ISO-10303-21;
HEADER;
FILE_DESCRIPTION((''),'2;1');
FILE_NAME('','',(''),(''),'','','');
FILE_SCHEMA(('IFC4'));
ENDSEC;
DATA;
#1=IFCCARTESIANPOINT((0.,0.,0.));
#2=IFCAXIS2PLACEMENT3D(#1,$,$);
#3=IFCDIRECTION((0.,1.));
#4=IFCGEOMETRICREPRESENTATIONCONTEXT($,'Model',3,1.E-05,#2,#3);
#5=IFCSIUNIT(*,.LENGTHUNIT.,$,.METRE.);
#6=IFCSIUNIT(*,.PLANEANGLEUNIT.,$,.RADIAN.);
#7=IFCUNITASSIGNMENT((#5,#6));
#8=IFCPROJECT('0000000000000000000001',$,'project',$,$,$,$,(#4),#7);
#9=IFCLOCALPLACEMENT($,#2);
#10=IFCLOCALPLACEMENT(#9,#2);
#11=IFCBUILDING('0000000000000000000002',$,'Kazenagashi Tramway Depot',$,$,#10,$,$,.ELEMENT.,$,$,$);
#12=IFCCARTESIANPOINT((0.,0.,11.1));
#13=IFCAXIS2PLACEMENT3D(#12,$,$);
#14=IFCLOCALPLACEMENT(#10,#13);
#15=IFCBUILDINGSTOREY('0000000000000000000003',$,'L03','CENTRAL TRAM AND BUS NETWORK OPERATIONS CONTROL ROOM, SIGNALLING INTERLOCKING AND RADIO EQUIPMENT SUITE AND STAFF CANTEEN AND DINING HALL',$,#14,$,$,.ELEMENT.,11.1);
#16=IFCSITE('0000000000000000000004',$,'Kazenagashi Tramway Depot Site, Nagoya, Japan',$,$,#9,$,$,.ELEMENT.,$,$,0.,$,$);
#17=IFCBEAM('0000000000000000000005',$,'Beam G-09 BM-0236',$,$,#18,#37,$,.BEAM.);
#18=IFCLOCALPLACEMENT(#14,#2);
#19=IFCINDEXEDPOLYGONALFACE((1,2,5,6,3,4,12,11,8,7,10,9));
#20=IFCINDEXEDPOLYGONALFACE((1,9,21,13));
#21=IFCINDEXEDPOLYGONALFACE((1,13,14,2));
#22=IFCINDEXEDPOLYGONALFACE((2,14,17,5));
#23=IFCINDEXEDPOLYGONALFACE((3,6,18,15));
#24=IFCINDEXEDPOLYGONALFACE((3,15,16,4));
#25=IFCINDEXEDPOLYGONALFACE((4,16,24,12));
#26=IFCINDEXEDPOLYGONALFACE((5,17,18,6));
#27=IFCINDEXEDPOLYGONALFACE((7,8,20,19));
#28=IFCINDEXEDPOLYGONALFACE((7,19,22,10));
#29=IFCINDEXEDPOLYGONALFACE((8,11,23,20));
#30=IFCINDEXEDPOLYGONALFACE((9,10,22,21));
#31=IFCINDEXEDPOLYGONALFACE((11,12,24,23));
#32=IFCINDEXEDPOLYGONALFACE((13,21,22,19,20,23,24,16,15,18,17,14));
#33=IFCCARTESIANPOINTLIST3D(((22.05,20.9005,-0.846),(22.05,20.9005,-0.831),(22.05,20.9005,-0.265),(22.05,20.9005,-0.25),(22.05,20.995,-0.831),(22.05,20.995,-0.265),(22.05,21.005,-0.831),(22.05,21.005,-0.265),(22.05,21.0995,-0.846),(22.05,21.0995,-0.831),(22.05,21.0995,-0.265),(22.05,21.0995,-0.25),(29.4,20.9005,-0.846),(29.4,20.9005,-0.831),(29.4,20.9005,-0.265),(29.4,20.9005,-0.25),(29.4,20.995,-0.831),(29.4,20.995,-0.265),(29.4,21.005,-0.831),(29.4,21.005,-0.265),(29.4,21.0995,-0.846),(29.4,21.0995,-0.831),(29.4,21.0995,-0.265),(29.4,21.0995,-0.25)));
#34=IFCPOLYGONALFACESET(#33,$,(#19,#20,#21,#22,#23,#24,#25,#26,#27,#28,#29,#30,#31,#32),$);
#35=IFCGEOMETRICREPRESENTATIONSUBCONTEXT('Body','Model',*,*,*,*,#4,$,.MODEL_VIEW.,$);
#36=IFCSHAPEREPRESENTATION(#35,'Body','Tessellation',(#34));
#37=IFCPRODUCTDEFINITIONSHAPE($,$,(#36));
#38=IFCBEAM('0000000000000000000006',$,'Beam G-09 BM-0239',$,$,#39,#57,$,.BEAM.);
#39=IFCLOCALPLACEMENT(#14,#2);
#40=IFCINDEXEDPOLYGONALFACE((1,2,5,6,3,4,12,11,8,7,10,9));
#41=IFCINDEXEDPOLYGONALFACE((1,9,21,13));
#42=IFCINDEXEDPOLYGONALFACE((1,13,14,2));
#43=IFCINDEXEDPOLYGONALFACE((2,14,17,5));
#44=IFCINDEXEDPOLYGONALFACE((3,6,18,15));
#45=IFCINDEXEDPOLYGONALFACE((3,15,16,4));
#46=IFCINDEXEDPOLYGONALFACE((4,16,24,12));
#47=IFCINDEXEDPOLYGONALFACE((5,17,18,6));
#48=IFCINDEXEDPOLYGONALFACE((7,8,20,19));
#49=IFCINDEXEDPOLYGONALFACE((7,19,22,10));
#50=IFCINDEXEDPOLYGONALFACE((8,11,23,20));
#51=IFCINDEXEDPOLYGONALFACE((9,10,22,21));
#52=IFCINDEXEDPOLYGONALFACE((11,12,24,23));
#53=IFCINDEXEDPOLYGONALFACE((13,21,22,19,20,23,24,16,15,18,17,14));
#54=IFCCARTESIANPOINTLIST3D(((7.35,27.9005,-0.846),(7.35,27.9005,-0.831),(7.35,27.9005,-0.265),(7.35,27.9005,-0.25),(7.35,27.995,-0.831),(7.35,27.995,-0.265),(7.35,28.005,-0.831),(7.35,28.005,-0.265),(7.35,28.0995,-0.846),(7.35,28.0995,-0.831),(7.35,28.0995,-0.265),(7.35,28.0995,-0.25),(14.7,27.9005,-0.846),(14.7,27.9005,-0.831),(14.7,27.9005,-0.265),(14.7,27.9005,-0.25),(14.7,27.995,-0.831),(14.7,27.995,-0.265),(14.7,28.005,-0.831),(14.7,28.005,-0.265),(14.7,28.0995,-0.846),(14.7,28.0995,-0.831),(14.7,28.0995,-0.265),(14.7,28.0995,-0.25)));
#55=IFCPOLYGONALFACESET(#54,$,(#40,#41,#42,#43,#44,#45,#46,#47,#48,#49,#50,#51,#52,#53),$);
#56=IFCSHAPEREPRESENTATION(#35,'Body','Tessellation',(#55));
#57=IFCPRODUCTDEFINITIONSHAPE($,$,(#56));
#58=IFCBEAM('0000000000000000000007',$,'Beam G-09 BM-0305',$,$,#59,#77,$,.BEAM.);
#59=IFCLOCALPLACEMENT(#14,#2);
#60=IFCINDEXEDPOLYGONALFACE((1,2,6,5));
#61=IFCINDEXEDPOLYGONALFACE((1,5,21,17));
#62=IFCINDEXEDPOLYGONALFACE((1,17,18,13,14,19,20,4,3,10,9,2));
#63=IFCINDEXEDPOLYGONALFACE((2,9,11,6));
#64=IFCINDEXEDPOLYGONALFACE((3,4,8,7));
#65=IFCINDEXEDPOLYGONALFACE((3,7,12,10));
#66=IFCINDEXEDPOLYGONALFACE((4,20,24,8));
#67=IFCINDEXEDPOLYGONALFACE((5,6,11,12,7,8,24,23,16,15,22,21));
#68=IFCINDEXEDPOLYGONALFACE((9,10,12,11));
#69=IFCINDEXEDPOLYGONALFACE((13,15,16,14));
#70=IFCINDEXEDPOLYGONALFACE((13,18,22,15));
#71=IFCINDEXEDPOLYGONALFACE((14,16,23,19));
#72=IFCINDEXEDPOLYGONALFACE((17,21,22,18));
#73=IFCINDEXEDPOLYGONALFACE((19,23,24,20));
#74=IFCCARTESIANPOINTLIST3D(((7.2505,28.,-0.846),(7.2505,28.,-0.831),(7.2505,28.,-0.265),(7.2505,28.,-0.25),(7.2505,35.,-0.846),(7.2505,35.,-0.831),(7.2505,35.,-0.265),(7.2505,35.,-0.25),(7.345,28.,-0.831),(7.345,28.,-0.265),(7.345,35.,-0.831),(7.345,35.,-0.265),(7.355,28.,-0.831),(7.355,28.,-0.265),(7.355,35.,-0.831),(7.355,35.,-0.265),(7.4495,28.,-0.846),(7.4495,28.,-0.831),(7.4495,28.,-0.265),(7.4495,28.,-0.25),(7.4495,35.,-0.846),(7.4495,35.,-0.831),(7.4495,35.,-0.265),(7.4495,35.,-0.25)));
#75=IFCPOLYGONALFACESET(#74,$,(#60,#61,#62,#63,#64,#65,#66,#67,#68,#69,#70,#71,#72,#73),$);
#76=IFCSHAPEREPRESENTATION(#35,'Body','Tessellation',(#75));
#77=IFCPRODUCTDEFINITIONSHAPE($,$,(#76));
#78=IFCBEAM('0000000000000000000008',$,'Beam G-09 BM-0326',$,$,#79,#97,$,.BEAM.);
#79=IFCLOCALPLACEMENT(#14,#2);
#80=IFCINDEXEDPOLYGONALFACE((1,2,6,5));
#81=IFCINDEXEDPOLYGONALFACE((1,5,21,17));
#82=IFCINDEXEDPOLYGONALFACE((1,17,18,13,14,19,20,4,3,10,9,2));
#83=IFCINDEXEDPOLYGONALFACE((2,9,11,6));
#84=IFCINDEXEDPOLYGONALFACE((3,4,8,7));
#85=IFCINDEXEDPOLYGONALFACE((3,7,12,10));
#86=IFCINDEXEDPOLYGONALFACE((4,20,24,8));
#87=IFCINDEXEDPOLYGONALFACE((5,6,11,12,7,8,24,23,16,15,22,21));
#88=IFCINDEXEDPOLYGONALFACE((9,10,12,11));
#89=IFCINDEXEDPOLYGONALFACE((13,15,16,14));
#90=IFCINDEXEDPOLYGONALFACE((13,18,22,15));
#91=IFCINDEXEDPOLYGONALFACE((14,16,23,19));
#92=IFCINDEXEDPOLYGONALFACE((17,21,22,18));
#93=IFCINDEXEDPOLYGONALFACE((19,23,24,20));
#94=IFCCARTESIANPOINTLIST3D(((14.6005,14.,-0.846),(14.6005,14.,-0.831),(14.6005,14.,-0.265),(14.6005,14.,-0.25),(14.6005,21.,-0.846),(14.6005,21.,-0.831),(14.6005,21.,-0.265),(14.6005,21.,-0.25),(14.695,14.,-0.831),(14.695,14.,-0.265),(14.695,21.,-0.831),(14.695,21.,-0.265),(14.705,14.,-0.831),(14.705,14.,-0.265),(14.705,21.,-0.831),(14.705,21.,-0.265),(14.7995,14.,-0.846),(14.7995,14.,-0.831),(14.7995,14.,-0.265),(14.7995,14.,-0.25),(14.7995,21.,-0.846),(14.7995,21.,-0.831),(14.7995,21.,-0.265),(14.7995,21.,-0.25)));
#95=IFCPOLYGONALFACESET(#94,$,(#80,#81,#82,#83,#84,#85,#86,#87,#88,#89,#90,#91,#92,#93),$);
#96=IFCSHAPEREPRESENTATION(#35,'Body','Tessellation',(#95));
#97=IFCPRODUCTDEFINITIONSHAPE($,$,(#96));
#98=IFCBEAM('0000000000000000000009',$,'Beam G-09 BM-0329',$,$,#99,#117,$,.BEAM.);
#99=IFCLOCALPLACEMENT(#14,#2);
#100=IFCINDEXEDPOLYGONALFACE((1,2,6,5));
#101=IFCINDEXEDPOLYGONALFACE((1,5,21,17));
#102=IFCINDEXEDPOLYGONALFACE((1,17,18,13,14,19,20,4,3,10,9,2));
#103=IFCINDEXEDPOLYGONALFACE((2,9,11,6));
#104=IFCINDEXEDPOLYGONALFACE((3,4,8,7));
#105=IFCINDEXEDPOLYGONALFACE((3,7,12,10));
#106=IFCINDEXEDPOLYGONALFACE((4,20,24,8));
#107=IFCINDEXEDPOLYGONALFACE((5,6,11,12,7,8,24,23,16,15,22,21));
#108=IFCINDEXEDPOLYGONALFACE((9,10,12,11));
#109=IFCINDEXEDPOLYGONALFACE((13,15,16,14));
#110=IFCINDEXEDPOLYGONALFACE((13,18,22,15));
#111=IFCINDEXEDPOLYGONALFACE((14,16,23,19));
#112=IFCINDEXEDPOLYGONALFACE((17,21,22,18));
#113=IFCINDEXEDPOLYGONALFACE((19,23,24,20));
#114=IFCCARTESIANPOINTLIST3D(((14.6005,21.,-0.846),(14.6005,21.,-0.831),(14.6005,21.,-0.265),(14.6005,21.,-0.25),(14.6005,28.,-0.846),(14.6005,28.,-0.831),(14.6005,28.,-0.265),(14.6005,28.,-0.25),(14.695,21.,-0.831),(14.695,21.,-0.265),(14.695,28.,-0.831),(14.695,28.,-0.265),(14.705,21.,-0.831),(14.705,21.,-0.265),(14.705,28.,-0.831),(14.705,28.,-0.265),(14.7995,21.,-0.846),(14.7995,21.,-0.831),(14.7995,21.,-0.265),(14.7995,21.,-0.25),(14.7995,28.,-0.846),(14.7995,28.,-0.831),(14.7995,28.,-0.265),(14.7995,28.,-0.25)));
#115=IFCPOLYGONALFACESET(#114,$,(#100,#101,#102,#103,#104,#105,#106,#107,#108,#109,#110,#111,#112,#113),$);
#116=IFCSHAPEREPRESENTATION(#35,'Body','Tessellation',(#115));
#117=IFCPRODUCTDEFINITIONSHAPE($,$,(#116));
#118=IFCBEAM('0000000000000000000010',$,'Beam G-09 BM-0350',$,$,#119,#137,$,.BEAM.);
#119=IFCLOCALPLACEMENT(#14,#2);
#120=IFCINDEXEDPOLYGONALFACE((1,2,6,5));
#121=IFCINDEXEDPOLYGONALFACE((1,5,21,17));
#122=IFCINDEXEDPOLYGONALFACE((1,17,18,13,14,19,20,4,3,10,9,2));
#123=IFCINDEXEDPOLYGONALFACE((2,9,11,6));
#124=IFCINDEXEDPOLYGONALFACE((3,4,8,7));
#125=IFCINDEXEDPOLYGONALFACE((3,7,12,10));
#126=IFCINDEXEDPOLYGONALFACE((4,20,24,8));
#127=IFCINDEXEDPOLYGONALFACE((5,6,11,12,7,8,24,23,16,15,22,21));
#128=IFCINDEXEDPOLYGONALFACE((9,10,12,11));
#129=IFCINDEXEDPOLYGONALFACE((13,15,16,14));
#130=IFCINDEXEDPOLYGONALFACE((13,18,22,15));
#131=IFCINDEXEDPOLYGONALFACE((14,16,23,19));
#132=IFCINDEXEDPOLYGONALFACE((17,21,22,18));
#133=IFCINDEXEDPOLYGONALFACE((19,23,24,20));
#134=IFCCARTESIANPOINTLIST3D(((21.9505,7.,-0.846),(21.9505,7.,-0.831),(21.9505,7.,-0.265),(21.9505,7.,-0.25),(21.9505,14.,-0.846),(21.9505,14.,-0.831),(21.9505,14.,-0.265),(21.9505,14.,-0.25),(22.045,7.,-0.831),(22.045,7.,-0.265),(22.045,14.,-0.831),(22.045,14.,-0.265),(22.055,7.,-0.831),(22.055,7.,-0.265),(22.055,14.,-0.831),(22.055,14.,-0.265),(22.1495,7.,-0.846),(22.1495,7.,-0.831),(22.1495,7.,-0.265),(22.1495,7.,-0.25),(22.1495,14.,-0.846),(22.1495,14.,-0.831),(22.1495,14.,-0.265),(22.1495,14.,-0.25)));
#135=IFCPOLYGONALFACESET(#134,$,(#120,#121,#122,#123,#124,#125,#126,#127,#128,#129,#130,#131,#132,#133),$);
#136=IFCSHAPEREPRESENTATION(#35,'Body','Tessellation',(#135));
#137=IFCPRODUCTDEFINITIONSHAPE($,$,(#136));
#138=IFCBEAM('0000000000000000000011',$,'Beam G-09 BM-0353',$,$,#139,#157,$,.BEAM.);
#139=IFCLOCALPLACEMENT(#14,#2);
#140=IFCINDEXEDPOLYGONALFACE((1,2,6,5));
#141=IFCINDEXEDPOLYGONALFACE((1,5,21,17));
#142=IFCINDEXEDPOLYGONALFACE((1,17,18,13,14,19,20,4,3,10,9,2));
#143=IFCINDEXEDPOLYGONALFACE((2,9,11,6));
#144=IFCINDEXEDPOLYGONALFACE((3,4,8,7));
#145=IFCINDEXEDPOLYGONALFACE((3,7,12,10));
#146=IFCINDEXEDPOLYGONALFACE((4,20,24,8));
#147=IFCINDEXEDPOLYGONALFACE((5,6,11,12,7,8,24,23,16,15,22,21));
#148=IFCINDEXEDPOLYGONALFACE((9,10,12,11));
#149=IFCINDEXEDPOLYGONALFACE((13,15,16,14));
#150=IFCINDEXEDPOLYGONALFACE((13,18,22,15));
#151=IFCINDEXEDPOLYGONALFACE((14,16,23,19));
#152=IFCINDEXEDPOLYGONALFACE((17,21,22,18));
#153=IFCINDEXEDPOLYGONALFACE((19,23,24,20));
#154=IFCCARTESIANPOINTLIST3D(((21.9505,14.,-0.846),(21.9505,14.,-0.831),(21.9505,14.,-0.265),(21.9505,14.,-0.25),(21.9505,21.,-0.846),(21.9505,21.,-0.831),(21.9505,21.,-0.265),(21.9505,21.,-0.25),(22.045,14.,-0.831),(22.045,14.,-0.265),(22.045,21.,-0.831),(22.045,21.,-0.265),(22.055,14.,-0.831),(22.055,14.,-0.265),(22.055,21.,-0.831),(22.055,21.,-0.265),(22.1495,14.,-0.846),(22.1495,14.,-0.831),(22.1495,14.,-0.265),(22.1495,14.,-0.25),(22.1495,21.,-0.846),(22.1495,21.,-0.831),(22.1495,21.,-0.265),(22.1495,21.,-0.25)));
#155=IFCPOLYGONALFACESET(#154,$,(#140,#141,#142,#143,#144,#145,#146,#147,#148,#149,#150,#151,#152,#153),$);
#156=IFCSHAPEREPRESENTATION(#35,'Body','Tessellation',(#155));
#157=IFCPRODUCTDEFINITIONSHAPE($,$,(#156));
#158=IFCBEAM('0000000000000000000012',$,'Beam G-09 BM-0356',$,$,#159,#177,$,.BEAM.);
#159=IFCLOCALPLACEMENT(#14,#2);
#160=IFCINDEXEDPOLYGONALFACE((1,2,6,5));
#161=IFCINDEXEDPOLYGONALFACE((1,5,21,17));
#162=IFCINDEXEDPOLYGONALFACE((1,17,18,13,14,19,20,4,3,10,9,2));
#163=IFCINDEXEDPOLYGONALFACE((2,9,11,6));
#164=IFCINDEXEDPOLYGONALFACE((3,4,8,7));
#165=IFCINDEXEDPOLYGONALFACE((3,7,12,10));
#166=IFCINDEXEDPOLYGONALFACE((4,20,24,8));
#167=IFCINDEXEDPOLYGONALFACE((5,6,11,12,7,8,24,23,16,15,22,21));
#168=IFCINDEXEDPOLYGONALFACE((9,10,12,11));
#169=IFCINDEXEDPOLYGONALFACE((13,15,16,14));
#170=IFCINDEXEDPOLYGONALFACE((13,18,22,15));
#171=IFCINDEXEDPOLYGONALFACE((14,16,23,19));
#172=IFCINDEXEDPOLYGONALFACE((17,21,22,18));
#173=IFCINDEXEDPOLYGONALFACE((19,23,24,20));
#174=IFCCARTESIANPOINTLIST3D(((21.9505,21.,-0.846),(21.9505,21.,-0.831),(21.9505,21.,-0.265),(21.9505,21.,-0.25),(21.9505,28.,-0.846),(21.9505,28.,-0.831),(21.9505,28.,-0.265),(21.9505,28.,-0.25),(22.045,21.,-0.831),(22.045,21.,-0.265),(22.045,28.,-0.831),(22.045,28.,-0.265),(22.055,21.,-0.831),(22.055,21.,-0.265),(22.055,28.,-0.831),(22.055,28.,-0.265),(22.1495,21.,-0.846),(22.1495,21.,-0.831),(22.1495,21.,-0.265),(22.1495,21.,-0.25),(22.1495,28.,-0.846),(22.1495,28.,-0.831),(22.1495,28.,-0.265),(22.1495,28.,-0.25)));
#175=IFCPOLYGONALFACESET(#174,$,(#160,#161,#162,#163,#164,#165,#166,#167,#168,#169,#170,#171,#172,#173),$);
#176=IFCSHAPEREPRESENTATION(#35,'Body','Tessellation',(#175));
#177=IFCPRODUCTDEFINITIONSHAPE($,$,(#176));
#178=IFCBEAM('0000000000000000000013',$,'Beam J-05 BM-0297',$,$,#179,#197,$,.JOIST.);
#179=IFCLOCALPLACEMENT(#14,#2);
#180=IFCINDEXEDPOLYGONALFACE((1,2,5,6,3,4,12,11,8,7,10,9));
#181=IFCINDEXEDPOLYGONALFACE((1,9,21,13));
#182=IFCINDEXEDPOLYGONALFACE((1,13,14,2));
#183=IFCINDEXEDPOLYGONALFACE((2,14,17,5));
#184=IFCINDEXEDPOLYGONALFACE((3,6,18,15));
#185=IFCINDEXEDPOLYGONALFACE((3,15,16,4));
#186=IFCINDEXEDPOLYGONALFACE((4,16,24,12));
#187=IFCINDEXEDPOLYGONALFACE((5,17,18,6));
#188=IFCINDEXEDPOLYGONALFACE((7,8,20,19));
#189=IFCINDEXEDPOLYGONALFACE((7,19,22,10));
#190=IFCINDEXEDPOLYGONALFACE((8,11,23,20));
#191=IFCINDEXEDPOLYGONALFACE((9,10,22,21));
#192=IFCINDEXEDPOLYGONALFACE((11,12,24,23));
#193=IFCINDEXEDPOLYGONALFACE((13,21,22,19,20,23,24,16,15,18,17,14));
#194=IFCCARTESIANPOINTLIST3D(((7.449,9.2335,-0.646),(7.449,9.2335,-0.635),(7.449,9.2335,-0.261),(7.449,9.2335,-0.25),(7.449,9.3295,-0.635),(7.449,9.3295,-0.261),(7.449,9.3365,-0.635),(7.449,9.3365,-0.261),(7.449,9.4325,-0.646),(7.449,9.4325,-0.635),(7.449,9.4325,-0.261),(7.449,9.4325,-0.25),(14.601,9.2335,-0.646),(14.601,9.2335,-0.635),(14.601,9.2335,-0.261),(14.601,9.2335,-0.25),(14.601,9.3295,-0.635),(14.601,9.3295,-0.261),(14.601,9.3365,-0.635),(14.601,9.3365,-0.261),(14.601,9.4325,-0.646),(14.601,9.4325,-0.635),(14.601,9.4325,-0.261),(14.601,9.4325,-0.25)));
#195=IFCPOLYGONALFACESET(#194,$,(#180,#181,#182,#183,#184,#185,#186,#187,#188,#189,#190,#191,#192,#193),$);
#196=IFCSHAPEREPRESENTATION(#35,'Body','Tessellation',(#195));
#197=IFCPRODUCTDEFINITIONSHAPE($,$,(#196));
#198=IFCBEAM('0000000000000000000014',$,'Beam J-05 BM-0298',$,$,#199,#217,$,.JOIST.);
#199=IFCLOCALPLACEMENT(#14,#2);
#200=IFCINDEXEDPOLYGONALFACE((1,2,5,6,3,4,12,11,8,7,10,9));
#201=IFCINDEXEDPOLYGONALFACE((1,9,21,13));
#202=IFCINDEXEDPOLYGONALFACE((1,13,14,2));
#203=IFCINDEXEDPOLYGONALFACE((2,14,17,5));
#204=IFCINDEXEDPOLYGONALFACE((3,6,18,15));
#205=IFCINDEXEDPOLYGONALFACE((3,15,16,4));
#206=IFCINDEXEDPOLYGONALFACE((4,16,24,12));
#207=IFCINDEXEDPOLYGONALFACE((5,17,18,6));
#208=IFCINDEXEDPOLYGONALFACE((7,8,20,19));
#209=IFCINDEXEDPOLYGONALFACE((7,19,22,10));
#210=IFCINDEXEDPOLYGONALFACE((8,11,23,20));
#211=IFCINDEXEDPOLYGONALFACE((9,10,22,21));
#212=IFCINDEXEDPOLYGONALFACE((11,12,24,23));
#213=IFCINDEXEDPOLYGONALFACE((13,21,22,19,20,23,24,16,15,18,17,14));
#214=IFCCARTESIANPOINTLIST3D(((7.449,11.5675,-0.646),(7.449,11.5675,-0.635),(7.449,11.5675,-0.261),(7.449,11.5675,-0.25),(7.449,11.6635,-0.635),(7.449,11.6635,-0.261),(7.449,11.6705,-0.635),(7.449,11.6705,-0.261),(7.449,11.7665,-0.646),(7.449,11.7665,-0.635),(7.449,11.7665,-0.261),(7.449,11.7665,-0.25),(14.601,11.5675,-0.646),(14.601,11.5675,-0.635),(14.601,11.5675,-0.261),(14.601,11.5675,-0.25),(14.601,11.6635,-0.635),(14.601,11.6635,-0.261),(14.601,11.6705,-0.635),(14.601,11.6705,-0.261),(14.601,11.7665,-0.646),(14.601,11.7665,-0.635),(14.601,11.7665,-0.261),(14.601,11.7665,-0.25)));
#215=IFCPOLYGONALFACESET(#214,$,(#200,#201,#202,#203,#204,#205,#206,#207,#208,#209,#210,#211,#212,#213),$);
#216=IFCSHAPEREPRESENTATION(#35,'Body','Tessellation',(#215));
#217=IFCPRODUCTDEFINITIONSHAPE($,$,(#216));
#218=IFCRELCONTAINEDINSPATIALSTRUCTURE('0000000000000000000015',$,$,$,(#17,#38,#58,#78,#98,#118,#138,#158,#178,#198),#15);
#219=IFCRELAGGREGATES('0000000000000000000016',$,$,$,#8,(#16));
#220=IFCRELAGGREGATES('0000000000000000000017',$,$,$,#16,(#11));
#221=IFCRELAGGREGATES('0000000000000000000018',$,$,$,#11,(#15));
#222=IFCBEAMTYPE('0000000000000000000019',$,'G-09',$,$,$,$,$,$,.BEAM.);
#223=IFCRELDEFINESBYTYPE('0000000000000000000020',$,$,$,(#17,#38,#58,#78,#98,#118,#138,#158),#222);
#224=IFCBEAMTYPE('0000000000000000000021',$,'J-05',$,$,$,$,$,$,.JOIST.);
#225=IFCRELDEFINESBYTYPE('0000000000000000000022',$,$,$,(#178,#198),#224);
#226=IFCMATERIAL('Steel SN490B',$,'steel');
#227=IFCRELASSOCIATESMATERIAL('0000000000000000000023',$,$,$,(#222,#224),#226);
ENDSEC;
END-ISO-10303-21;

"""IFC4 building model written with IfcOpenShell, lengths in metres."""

from ifc_helpers import new_model, si_unit, direction, frame, origin, origin_2d, place, context, subcontext, project, spatial, i_section, extrude, material, material_profile, profile_set, type_object, element, save


model = new_model("IFC4")

# Units and contexts
model_context = context("Model", 3, precision=1e-05, world=origin(), true_north=direction((0.0, 1.0)))
body_context = subcontext(model_context, "Body", "Model", "MODEL_VIEW")
ifc_project = project(units=[si_unit("LENGTHUNIT", "METRE"), si_unit("PLANEANGLEUNIT", "RADIAN")], contexts=[model_context])

# Site, building, storey
site_placement = place(None, origin())
site = spatial("IfcSite", under=ifc_project, at=site_placement, Name="Kazenagashi Tramway Depot Site, Nagoya, Japan", CompositionType="ELEMENT", RefElevation=0.0)
building_placement = place(site_placement, origin())
building = spatial("IfcBuilding", under=site, at=building_placement, Name="Kazenagashi Tramway Depot", CompositionType="ELEMENT")
storey_placement = place(building_placement, frame((0.0, 0.0, 11.1)))
storey = spatial("IfcBuildingStorey", under=building, at=storey_placement, Name="L03", Description="CENTRAL TRAM AND BUS NETWORK OPERATIONS CONTROL ROOM, SIGNALLING INTERLOCKING AND RADIO EQUIPMENT SUITE AND STAFF CANTEEN AND DINING HALL", CompositionType="ELEMENT", Elevation=11.1)

# Shared definitions
ifc_material_1 = material(Name="Steel SN490B", Category="steel")

# Beams
ifc_material_profile_1 = material_profile(ifc_material_1, i_section(OverallWidth=0.199, OverallDepth=0.596, WebThickness=0.01, FlangeThickness=0.015, at=origin_2d()), Name="H-596x199x10x15")
ifc_profile_set_1 = profile_set([ifc_material_profile_1], Name="Steel SN490B")
beam_type_1 = type_object("IfcBeamType", Name="G-09", PredefinedType="BEAM", material=ifc_profile_set_1)
for number, where, z_axis, x_axis, name in (
    (1, (22.05, 21.0, -0.548), (1.0, 0.0, 0.0), (0.0, 1.0, 0.0), "Beam G-09 BM-0236"),
    (2, (7.35, 28.0, -0.548), (1.0, 0.0, 0.0), (0.0, 1.0, 0.0), "Beam G-09 BM-0239"),
):
    element("IfcBeam", number, at=place(storey_placement, frame(where, z_axis=z_axis, x_axis=x_axis)), inside=storey, type_object=beam_type_1, Name=name, PredefinedType="BEAM", context=body_context, shape_type="SweptSolid", body=[
        extrude(i_section(OverallWidth=0.199, OverallDepth=0.596, WebThickness=0.01, FlangeThickness=0.015, at=origin_2d()), origin(), (0.0, 0.0, 1.0), 7.35),
    ])
for number, where, z_axis, x_axis, name in (
    (3, (7.35, 28.0, -0.548), (0.0, 1.0, 0.0), (-1.0, 0.0, 0.0), "Beam G-09 BM-0305"),
    (4, (14.7, 14.0, -0.548), (0.0, 1.0, 0.0), (-1.0, 0.0, 0.0), "Beam G-09 BM-0326"),
    (5, (14.7, 21.0, -0.548), (0.0, 1.0, 0.0), (-1.0, 0.0, 0.0), "Beam G-09 BM-0329"),
    (6, (22.05, 7.0, -0.548), (0.0, 1.0, 0.0), (-1.0, 0.0, 0.0), "Beam G-09 BM-0350"),
    (7, (22.05, 14.0, -0.548), (0.0, 1.0, 0.0), (-1.0, 0.0, 0.0), "Beam G-09 BM-0353"),
    (8, (22.05, 21.0, -0.548), (0.0, 1.0, 0.0), (-1.0, 0.0, 0.0), "Beam G-09 BM-0356"),
):
    element("IfcBeam", number, at=place(storey_placement, frame(where, z_axis=z_axis, x_axis=x_axis)), inside=storey, type_object=beam_type_1, Name=name, PredefinedType="BEAM", context=body_context, shape_type="SweptSolid", body=[
        extrude(i_section(OverallWidth=0.199, OverallDepth=0.596, WebThickness=0.01, FlangeThickness=0.015, at=origin_2d()), origin(), (0.0, 0.0, 1.0), 7.0),
    ])
ifc_material_profile_2 = material_profile(ifc_material_1, i_section(OverallWidth=0.199, OverallDepth=0.396, WebThickness=0.007, FlangeThickness=0.011, at=origin_2d()), Name="H-396x199x7x11")
ifc_profile_set_2 = profile_set([ifc_material_profile_2], Name="Steel SN490B")
beam_type_2 = type_object("IfcBeamType", Name="J-05", PredefinedType="JOIST", material=ifc_profile_set_2)
for number, where, z_axis, x_axis, name in (
    (9, (7.449, 9.333, -0.448), (1.0, 0.0, 0.0), (0.0, 1.0, 0.0), "Beam J-05 BM-0297"),
    (10, (7.449, 11.667, -0.448), (1.0, 0.0, 0.0), (0.0, 1.0, 0.0), "Beam J-05 BM-0298"),
):
    element("IfcBeam", number, at=place(storey_placement, frame(where, z_axis=z_axis, x_axis=x_axis)), inside=storey, type_object=beam_type_2, Name=name, PredefinedType="JOIST", context=body_context, shape_type="SweptSolid", body=[
        extrude(i_section(OverallWidth=0.199, OverallDepth=0.396, WebThickness=0.007, FlangeThickness=0.011, at=origin_2d()), origin(), (0.0, 0.0, 1.0), 7.152),
    ])

save(model, "model.ifc")
